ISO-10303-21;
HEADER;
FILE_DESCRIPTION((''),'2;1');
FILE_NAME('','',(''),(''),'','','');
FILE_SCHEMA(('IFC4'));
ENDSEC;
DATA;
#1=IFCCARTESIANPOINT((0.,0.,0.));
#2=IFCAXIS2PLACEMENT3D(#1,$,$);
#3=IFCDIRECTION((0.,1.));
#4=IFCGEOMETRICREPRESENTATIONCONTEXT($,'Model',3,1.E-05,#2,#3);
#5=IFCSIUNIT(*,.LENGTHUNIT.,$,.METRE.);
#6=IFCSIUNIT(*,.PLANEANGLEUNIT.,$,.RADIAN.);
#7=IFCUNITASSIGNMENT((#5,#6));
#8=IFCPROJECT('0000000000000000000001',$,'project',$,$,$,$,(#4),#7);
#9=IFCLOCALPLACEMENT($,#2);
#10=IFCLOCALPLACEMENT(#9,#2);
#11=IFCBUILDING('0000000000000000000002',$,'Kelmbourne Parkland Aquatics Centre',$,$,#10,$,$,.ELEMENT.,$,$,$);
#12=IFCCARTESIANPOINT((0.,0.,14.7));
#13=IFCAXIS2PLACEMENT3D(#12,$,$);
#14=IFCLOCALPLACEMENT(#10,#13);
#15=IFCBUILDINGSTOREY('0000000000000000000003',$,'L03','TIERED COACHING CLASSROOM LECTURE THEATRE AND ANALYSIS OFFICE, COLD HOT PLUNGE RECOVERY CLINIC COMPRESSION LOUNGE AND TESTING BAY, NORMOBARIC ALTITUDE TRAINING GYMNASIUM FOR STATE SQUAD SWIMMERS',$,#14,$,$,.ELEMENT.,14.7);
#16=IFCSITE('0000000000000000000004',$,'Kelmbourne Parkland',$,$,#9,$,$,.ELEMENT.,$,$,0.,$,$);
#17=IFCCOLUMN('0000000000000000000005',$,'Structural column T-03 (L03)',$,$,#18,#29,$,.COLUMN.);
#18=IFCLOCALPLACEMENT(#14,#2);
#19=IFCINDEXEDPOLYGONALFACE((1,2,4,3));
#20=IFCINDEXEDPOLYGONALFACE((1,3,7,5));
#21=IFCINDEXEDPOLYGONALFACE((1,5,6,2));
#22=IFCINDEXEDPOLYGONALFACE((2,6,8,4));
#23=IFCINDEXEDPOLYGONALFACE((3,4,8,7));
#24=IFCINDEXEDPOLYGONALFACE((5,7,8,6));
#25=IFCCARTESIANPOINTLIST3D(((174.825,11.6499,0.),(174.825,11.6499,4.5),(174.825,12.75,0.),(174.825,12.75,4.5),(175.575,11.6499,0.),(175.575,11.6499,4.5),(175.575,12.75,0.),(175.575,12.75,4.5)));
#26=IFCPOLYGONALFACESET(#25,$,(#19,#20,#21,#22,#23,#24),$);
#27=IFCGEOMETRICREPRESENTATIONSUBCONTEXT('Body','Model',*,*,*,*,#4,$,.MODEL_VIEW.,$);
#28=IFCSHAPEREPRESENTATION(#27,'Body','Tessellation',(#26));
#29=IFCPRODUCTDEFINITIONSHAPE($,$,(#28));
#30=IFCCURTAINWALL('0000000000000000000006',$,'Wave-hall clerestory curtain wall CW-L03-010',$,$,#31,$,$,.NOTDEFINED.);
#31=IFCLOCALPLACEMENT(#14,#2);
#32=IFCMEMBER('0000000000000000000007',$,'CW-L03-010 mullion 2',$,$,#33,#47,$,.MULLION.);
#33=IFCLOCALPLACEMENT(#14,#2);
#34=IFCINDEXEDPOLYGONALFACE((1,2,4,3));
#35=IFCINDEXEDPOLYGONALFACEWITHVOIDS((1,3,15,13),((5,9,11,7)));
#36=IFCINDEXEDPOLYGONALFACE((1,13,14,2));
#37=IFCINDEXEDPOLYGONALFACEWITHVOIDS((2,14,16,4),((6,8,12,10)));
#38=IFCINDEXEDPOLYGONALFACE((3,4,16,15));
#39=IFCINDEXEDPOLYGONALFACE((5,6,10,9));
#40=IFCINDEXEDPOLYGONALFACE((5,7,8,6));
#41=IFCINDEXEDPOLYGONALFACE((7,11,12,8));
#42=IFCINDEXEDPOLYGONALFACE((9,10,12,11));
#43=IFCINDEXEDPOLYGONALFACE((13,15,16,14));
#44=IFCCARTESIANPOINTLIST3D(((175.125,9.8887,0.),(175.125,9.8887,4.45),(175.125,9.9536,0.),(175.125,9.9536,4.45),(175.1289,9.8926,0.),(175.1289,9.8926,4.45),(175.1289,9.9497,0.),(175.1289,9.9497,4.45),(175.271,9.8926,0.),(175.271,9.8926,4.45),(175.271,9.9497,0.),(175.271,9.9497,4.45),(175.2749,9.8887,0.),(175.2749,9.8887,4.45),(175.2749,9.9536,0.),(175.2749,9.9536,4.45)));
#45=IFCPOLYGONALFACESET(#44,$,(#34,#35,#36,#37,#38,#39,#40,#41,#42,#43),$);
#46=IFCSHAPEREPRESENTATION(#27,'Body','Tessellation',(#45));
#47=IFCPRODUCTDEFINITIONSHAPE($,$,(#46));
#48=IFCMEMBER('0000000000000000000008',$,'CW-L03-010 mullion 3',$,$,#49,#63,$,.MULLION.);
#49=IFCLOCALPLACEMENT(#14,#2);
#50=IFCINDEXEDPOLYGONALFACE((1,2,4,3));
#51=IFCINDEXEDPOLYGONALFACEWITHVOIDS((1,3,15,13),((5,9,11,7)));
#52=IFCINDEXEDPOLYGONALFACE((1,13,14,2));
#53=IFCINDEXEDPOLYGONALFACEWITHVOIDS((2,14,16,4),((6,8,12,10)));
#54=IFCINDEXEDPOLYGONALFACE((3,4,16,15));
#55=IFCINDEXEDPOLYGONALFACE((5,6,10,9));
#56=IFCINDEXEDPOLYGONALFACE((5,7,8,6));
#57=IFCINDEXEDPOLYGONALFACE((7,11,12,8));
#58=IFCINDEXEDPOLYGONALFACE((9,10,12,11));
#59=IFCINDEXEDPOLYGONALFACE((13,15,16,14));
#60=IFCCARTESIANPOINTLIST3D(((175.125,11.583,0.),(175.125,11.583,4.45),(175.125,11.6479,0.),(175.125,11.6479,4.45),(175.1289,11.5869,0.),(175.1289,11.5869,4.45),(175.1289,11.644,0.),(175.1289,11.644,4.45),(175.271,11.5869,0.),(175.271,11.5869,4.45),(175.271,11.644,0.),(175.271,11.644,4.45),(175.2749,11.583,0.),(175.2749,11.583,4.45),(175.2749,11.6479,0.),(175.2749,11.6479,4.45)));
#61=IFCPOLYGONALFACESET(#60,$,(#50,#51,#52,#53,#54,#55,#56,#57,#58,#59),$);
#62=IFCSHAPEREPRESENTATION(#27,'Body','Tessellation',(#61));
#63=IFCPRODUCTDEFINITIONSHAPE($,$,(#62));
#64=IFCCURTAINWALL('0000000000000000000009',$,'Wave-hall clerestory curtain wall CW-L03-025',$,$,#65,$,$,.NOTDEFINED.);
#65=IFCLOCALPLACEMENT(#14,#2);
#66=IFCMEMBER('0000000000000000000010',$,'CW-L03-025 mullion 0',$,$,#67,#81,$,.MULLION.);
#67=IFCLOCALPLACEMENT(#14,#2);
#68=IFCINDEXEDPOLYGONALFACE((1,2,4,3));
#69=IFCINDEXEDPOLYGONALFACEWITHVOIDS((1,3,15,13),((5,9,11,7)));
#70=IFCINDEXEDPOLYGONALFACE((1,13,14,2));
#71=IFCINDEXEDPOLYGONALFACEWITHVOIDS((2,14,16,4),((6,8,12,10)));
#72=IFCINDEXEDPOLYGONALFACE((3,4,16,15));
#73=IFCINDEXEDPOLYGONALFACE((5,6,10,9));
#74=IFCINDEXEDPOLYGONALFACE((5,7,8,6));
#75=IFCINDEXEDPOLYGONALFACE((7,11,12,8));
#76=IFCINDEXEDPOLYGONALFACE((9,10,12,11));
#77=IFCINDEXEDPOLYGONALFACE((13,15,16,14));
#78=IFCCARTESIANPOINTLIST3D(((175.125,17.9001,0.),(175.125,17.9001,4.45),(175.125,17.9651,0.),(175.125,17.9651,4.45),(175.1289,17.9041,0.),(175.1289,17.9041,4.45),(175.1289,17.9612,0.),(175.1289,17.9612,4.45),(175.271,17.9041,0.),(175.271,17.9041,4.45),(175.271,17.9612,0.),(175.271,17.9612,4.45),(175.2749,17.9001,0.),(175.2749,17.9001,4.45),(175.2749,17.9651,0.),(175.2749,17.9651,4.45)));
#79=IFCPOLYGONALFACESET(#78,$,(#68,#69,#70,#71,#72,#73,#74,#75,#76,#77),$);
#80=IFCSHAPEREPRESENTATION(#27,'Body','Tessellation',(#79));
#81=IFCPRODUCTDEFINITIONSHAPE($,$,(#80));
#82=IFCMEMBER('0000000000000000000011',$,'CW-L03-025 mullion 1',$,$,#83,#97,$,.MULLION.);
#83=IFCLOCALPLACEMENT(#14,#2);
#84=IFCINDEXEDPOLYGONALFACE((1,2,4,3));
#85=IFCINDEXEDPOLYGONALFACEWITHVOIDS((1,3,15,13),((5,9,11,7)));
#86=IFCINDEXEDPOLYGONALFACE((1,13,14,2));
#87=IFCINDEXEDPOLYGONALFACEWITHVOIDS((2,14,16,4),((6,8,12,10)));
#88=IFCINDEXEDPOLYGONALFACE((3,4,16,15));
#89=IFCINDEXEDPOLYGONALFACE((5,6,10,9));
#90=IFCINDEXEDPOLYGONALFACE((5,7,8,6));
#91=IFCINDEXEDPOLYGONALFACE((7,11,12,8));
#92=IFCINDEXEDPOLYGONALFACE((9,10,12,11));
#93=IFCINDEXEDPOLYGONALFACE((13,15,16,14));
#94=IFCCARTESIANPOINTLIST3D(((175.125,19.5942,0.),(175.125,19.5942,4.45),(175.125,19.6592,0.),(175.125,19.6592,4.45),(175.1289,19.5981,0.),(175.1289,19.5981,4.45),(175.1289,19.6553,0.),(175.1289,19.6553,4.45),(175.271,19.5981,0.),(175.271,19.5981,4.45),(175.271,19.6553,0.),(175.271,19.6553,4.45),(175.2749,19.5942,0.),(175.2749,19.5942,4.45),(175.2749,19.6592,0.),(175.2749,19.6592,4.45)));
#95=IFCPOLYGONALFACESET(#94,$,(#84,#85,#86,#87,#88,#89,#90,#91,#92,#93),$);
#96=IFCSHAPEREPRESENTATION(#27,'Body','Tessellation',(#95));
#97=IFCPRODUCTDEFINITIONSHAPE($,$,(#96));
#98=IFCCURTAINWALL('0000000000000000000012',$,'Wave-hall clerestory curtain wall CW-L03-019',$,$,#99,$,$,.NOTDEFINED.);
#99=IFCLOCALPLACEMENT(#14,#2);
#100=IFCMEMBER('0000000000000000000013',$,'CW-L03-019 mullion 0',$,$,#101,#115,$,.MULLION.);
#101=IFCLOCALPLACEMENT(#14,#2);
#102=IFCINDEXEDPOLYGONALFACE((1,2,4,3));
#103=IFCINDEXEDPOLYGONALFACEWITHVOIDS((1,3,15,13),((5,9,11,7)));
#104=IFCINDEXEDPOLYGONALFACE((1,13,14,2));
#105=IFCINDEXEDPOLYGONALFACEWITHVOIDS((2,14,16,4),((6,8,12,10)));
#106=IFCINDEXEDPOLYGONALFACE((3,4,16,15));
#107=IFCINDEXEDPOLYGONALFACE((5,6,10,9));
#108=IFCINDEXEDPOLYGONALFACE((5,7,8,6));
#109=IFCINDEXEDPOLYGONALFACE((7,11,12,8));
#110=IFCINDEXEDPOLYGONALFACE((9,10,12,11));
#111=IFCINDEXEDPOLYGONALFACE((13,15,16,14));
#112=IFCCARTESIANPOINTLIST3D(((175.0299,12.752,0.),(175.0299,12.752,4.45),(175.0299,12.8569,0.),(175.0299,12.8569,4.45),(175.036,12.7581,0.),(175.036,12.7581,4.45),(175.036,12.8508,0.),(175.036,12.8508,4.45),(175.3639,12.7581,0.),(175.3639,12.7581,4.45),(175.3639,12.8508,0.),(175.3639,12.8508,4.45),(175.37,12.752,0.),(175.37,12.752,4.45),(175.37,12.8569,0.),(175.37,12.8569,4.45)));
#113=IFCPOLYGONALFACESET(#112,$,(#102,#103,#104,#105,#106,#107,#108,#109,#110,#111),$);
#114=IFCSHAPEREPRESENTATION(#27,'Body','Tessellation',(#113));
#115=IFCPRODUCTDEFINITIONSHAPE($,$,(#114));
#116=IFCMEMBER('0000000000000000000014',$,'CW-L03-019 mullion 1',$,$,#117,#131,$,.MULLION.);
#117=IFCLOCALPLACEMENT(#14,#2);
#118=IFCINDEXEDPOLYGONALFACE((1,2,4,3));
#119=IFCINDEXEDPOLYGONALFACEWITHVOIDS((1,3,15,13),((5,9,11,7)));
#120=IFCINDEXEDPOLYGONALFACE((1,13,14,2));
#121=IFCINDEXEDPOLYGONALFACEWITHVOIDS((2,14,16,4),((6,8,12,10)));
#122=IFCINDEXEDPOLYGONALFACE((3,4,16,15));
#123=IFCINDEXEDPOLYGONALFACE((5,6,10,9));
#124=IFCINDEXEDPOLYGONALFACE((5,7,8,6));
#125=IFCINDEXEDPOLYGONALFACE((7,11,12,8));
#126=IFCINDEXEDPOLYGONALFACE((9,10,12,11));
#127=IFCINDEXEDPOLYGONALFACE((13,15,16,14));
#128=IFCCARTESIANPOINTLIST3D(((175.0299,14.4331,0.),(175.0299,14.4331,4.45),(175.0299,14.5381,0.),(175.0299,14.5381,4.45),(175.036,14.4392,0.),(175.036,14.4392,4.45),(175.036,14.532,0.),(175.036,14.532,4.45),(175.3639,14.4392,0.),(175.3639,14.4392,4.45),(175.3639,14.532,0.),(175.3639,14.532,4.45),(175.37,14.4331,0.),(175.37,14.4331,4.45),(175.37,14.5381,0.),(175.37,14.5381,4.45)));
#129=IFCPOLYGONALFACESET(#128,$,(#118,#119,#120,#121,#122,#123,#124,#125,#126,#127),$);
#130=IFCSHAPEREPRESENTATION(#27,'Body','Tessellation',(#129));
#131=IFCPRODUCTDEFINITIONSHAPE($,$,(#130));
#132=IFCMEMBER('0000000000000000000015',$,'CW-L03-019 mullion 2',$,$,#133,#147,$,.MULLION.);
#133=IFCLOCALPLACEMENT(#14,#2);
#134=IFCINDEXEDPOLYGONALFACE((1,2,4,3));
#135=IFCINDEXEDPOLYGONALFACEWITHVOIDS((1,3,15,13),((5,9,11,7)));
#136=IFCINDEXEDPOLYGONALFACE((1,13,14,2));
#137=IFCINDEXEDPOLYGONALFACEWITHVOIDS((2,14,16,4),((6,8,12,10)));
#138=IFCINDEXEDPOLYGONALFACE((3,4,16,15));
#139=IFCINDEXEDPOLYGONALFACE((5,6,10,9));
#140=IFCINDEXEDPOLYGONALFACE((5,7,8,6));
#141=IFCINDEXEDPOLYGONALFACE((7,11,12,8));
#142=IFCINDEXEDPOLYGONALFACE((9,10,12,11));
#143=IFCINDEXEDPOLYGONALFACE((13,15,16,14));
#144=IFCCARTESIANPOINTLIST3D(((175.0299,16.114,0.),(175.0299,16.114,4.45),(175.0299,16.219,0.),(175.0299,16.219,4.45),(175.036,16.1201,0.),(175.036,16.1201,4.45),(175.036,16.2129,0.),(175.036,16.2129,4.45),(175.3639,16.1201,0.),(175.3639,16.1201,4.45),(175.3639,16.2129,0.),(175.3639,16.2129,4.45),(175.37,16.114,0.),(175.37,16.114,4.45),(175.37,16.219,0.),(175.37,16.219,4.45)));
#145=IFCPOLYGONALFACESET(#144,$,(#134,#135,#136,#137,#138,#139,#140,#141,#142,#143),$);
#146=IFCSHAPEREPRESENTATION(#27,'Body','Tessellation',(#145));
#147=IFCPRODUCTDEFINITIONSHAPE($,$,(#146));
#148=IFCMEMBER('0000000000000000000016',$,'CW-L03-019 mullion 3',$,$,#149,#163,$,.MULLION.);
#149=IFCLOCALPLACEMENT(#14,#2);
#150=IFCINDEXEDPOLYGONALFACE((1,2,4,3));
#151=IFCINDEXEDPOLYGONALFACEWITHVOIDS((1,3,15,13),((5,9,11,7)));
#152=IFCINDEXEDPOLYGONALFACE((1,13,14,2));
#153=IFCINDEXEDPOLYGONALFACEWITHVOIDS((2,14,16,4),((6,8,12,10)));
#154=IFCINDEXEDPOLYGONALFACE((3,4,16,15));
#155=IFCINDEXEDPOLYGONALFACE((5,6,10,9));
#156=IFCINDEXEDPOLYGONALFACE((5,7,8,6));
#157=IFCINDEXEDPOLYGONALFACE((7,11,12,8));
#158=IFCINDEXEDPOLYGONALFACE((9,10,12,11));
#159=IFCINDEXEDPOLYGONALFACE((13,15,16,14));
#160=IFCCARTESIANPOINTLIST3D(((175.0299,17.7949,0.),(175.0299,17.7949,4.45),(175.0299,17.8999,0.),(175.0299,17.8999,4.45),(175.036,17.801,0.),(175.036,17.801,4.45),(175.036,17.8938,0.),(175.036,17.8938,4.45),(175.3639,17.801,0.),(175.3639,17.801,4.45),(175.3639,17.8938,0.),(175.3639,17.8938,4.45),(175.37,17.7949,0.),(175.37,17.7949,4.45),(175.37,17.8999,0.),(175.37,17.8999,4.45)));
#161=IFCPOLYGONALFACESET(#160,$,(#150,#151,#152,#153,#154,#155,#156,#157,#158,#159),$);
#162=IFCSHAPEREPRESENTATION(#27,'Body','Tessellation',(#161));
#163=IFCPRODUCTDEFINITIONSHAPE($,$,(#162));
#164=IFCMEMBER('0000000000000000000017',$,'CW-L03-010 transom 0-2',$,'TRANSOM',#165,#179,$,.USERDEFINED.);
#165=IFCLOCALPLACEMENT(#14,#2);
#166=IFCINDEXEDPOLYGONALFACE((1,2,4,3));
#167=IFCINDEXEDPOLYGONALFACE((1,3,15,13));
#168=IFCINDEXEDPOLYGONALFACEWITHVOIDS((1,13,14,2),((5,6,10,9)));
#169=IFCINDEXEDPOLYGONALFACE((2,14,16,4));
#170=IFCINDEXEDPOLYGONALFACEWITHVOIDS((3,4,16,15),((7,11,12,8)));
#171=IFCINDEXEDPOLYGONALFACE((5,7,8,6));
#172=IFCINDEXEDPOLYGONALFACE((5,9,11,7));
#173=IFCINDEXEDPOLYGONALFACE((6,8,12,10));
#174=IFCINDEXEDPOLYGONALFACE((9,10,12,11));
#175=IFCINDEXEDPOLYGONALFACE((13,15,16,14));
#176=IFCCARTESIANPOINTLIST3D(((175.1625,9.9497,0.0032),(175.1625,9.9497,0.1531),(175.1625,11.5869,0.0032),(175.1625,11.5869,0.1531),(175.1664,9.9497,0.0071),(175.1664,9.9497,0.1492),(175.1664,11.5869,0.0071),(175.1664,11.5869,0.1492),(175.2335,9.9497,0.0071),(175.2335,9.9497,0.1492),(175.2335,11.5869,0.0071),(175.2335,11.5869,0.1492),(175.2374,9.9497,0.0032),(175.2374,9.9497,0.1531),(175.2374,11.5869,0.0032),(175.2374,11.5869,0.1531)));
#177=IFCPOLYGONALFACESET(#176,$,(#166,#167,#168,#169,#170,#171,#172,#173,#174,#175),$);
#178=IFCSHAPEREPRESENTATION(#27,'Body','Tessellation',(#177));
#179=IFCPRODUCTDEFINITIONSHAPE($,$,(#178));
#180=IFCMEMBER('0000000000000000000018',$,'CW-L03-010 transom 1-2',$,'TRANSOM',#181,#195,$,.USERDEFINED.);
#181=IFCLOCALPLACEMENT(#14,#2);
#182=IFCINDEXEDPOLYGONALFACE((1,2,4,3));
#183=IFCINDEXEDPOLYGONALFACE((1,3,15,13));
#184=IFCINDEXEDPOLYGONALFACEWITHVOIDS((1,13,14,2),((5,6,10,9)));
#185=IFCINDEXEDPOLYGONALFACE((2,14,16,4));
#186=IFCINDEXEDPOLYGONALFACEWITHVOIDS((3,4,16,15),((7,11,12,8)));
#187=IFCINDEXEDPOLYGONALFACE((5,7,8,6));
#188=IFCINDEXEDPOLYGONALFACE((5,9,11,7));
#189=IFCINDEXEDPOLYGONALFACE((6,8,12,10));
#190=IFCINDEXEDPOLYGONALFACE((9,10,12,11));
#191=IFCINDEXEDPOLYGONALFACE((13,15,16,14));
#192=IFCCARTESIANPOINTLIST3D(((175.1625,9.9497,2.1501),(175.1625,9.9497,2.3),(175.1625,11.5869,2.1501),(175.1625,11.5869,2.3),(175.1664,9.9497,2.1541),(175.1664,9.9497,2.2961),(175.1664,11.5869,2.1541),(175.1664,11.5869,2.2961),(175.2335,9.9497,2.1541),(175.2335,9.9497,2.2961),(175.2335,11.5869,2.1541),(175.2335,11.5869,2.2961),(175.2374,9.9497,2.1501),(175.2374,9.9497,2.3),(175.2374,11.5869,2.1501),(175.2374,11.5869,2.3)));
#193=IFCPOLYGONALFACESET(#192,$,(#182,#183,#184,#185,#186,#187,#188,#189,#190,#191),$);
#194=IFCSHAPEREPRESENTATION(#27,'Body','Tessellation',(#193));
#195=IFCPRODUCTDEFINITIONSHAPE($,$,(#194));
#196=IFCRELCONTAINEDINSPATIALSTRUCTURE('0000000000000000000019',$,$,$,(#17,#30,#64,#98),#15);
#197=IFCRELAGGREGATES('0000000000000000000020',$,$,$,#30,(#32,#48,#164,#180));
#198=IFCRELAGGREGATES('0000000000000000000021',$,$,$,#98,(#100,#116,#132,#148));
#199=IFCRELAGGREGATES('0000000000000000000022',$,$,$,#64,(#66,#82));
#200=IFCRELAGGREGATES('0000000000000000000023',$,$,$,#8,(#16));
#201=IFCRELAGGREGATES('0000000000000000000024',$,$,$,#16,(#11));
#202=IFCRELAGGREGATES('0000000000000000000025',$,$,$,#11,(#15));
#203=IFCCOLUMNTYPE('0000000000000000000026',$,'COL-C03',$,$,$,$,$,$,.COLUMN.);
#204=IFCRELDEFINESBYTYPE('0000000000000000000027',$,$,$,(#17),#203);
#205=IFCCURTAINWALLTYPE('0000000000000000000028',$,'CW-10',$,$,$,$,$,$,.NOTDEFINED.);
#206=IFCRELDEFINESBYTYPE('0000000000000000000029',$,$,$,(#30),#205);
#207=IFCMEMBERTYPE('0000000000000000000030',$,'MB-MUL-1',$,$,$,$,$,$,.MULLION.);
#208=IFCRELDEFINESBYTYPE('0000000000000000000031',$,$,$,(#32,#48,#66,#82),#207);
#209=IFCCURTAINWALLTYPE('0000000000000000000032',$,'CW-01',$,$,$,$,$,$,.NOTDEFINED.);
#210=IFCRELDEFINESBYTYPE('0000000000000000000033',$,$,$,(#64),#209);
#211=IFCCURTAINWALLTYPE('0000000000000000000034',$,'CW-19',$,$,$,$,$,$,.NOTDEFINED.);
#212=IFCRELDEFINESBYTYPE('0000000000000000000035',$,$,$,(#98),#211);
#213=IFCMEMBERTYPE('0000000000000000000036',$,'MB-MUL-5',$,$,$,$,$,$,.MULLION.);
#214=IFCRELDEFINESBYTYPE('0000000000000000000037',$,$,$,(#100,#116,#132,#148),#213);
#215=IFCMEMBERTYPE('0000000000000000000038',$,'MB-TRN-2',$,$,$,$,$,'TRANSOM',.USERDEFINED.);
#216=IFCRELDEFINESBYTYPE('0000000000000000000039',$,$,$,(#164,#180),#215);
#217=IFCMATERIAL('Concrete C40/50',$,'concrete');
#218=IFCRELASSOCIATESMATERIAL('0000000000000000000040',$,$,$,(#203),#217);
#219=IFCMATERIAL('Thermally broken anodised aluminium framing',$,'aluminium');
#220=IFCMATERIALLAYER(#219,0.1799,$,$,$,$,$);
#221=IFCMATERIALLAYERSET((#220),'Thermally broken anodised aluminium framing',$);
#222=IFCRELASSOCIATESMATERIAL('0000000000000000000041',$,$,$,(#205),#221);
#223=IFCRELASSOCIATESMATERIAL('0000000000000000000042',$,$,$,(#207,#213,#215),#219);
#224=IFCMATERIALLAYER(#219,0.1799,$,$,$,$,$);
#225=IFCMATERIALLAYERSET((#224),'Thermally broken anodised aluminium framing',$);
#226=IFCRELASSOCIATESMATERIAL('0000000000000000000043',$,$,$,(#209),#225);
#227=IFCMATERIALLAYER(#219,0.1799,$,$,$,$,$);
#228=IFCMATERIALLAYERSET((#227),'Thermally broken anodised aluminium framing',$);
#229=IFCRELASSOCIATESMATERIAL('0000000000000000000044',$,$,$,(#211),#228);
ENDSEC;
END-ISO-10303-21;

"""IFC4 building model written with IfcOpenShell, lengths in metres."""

from ifc_helpers import new_model, si_unit, direction, frame, origin, origin_2d, place, context, subcontext, project, spatial, rectangle, hollow_rectangle, extrude, material, layer, layer_set, material_profile, profile_set, type_object, element, aggregate, save


model = new_model("IFC4")

# Units and contexts
model_context = context("Model", 3, precision=1e-05, world=origin(), true_north=direction((0.0, 1.0)))
body_context = subcontext(model_context, "Body", "Model", "MODEL_VIEW")
ifc_project = project(units=[si_unit("LENGTHUNIT", "METRE"), si_unit("PLANEANGLEUNIT", "RADIAN")], contexts=[model_context])

# Site, building, storey
site_placement = place(None, origin())
site = spatial("IfcSite", under=ifc_project, at=site_placement, Name="Kelmbourne Parkland", CompositionType="ELEMENT", RefElevation=0.0)
building_placement = place(site_placement, origin())
building = spatial("IfcBuilding", under=site, at=building_placement, Name="Kelmbourne Parkland Aquatics Centre", CompositionType="ELEMENT")
storey_placement = place(building_placement, frame((0.0, 0.0, 14.7)))
storey = spatial("IfcBuildingStorey", under=building, at=storey_placement, Name="L03", Description="TIERED COACHING CLASSROOM LECTURE THEATRE AND ANALYSIS OFFICE, COLD HOT PLUNGE RECOVERY CLINIC COMPRESSION LOUNGE AND TESTING BAY, NORMOBARIC ALTITUDE TRAINING GYMNASIUM FOR STATE SQUAD SWIMMERS", CompositionType="ELEMENT", Elevation=14.7)

# Column
ifc_material_1 = material(Name="Concrete C40/50", Category="concrete")
ifc_material_profile_1 = material_profile(ifc_material_1, rectangle(XDim=0.75, YDim=1.1001, at=origin_2d()), Name="RC 750x1100")
ifc_profile_set_1 = profile_set([ifc_material_profile_1], Name="Concrete C40/50")
column_type = type_object("IfcColumnType", Name="COL-C03", PredefinedType="COLUMN", material=ifc_profile_set_1)
column_placement = place(storey_placement, frame((175.2, 12.2, 0.0), z_axis=(0.0, 0.0, 1.0), x_axis=(1.0, 0.0, 0.0)))
element("IfcColumn", 1, at=column_placement, inside=storey, type_object=column_type, Name="Structural column T-03 (L03)", PredefinedType="COLUMN", context=body_context, shape_type="SweptSolid", body=[
    extrude(rectangle(XDim=0.75, YDim=1.1001, at=origin_2d()), origin(), (0.0, 0.0, 1.0), 4.5),
])

# Curtain walls, members
ifc_material_2 = material(Name="Thermally broken anodised aluminium framing", Category="aluminium")
ifc_layer_1 = layer(ifc_material_2, 0.1799)
ifc_layer_set_1 = layer_set([ifc_layer_1], Name="Thermally broken anodised aluminium framing")
curtain_wall_type_1 = type_object("IfcCurtainWallType", Name="CW-10", PredefinedType="NOTDEFINED", material=ifc_layer_set_1)
curtain_wall_1_placement = place(storey_placement, origin())
curtain_wall_1 = element("IfcCurtainWall", 2, at=curtain_wall_1_placement, inside=storey, type_object=curtain_wall_type_1, Name="Wave-hall clerestory curtain wall CW-L03-010", PredefinedType="NOTDEFINED")
ifc_material_profile_2 = material_profile(ifc_material_2, hollow_rectangle(XDim=0.0649, YDim=0.1499, WallThickness=0.0039, at=origin_2d()), Name="CW-M 65x150")
ifc_profile_set_2 = profile_set([ifc_material_profile_2], Name="Thermally broken anodised aluminium framing")
member_type_1 = type_object("IfcMemberType", Name="MB-MUL-1", PredefinedType="MULLION", material=ifc_profile_set_2)
member_1_placement = place(storey_placement, frame((175.2, 9.9211, 0.0), z_axis=(0.0, 0.0, 1.0), x_axis=(0.0, 1.0, 0.0)))
member_1 = element("IfcMember", 3, at=member_1_placement, type_object=member_type_1, Name="CW-L03-010 mullion 2", PredefinedType="MULLION", context=body_context, shape_type="SweptSolid", body=[
    extrude(hollow_rectangle(XDim=0.0649, YDim=0.1499, WallThickness=0.0039, at=origin_2d()), origin(), (0.0, 0.0, 1.0), 4.45),
])
member_2_placement = place(storey_placement, frame((175.2, 11.6155, 0.0), z_axis=(0.0, 0.0, 1.0), x_axis=(0.0, 1.0, 0.0)))
member_2 = element("IfcMember", 4, at=member_2_placement, type_object=member_type_1, Name="CW-L03-010 mullion 3", PredefinedType="MULLION", context=body_context, shape_type="SweptSolid", body=[
    extrude(hollow_rectangle(XDim=0.0649, YDim=0.1499, WallThickness=0.0039, at=origin_2d()), origin(), (0.0, 0.0, 1.0), 4.45),
])
ifc_layer_2 = layer(ifc_material_2, 0.1799)
ifc_layer_set_2 = layer_set([ifc_layer_2], Name="Thermally broken anodised aluminium framing")
curtain_wall_type_2 = type_object("IfcCurtainWallType", Name="CW-01", PredefinedType="NOTDEFINED", material=ifc_layer_set_2)
curtain_wall_2_placement = place(storey_placement, origin())
curtain_wall_2 = element("IfcCurtainWall", 5, at=curtain_wall_2_placement, inside=storey, type_object=curtain_wall_type_2, Name="Wave-hall clerestory curtain wall CW-L03-025", PredefinedType="NOTDEFINED")
member_3_placement = place(storey_placement, frame((175.2, 17.9326, 0.0), z_axis=(0.0, 0.0, 1.0), x_axis=(0.0, 1.0, 0.0)))
member_3 = element("IfcMember", 6, at=member_3_placement, type_object=member_type_1, Name="CW-L03-025 mullion 0", PredefinedType="MULLION", context=body_context, shape_type="SweptSolid", body=[
    extrude(hollow_rectangle(XDim=0.0649, YDim=0.1499, WallThickness=0.0039, at=origin_2d()), origin(), (0.0, 0.0, 1.0), 4.45),
])
member_4_placement = place(storey_placement, frame((175.2, 19.6267, 0.0), z_axis=(0.0, 0.0, 1.0), x_axis=(0.0, 1.0, 0.0)))
member_4 = element("IfcMember", 7, at=member_4_placement, type_object=member_type_1, Name="CW-L03-025 mullion 1", PredefinedType="MULLION", context=body_context, shape_type="SweptSolid", body=[
    extrude(hollow_rectangle(XDim=0.0649, YDim=0.1499, WallThickness=0.0039, at=origin_2d()), origin(), (0.0, 0.0, 1.0), 4.45),
])
ifc_layer_3 = layer(ifc_material_2, 0.1799)
ifc_layer_set_3 = layer_set([ifc_layer_3], Name="Thermally broken anodised aluminium framing")
curtain_wall_type_3 = type_object("IfcCurtainWallType", Name="CW-19", PredefinedType="NOTDEFINED", material=ifc_layer_set_3)
curtain_wall_3_placement = place(storey_placement, origin())
curtain_wall_3 = element("IfcCurtainWall", 8, at=curtain_wall_3_placement, inside=storey, type_object=curtain_wall_type_3, Name="Wave-hall clerestory curtain wall CW-L03-019", PredefinedType="NOTDEFINED")
ifc_material_profile_3 = material_profile(ifc_material_2, hollow_rectangle(XDim=0.105, YDim=0.3401, WallThickness=0.0061, at=origin_2d()), Name="CW-M 105x340")
ifc_profile_set_3 = profile_set([ifc_material_profile_3], Name="Thermally broken anodised aluminium framing")
member_type_2 = type_object("IfcMemberType", Name="MB-MUL-5", PredefinedType="MULLION", material=ifc_profile_set_3)
member_5_placement = place(storey_placement, frame((175.2, 12.8044, 0.0), z_axis=(0.0, 0.0, 1.0), x_axis=(0.0, 1.0, 0.0)))
member_5 = element("IfcMember", 9, at=member_5_placement, type_object=member_type_2, Name="CW-L03-019 mullion 0", PredefinedType="MULLION", context=body_context, shape_type="SweptSolid", body=[
    extrude(hollow_rectangle(XDim=0.105, YDim=0.3401, WallThickness=0.0061, at=origin_2d()), origin(), (0.0, 0.0, 1.0), 4.45),
])
member_6_placement = place(storey_placement, frame((175.2, 14.4856, 0.0), z_axis=(0.0, 0.0, 1.0), x_axis=(0.0, 1.0, 0.0)))
member_6 = element("IfcMember", 10, at=member_6_placement, type_object=member_type_2, Name="CW-L03-019 mullion 1", PredefinedType="MULLION", context=body_context, shape_type="SweptSolid", body=[
    extrude(hollow_rectangle(XDim=0.105, YDim=0.3401, WallThickness=0.0061, at=origin_2d()), origin(), (0.0, 0.0, 1.0), 4.45),
])
member_7_placement = place(storey_placement, frame((175.2, 16.1665, 0.0), z_axis=(0.0, 0.0, 1.0), x_axis=(0.0, 1.0, 0.0)))
member_7 = element("IfcMember", 11, at=member_7_placement, type_object=member_type_2, Name="CW-L03-019 mullion 2", PredefinedType="MULLION", context=body_context, shape_type="SweptSolid", body=[
    extrude(hollow_rectangle(XDim=0.105, YDim=0.3401, WallThickness=0.0061, at=origin_2d()), origin(), (0.0, 0.0, 1.0), 4.45),
])
member_8_placement = place(storey_placement, frame((175.2, 17.8474, 0.0), z_axis=(0.0, 0.0, 1.0), x_axis=(0.0, 1.0, 0.0)))
member_8 = element("IfcMember", 12, at=member_8_placement, type_object=member_type_2, Name="CW-L03-019 mullion 3", PredefinedType="MULLION", context=body_context, shape_type="SweptSolid", body=[
    extrude(hollow_rectangle(XDim=0.105, YDim=0.3401, WallThickness=0.0061, at=origin_2d()), origin(), (0.0, 0.0, 1.0), 4.45),
])

# Members
ifc_material_profile_4 = material_profile(ifc_material_2, hollow_rectangle(XDim=0.075, YDim=0.1499, WallThickness=0.0039, at=origin_2d()), Name="CW-T 75x150")
ifc_profile_set_4 = profile_set([ifc_material_profile_4], Name="Thermally broken anodised aluminium framing")
member_type_3 = type_object("IfcMemberType", Name="MB-TRN-2", ElementType="TRANSOM", PredefinedType="USERDEFINED", material=ifc_profile_set_4)
member_9_placement = place(storey_placement, frame((175.2, 9.9497, 0.0781), z_axis=(0.0, 1.0, 0.0), x_axis=(-1.0, 0.0, 0.0)))
member_9 = element("IfcMember", 13, at=member_9_placement, type_object=member_type_3, Name="CW-L03-010 transom 0-2", ObjectType="TRANSOM", PredefinedType="USERDEFINED", context=body_context, shape_type="SweptSolid", body=[
    extrude(hollow_rectangle(XDim=0.075, YDim=0.1499, WallThickness=0.0039, at=origin_2d()), origin(), (0.0, 0.0, 1.0), 1.6372),
])
member_10_placement = place(storey_placement, frame((175.2, 9.9497, 2.2251), z_axis=(0.0, 1.0, 0.0), x_axis=(-1.0, 0.0, 0.0)))
member_10 = element("IfcMember", 14, at=member_10_placement, type_object=member_type_3, Name="CW-L03-010 transom 1-2", ObjectType="TRANSOM", PredefinedType="USERDEFINED", context=body_context, shape_type="SweptSolid", body=[
    extrude(hollow_rectangle(XDim=0.075, YDim=0.1499, WallThickness=0.0039, at=origin_2d()), origin(), (0.0, 0.0, 1.0), 1.6372),
])

aggregate(curtain_wall_1, [member_1, member_2, member_9, member_10])
aggregate(curtain_wall_3, [member_5, member_6, member_7, member_8])
aggregate(curtain_wall_2, [member_3, member_4])

save(model, "model.ifc")
